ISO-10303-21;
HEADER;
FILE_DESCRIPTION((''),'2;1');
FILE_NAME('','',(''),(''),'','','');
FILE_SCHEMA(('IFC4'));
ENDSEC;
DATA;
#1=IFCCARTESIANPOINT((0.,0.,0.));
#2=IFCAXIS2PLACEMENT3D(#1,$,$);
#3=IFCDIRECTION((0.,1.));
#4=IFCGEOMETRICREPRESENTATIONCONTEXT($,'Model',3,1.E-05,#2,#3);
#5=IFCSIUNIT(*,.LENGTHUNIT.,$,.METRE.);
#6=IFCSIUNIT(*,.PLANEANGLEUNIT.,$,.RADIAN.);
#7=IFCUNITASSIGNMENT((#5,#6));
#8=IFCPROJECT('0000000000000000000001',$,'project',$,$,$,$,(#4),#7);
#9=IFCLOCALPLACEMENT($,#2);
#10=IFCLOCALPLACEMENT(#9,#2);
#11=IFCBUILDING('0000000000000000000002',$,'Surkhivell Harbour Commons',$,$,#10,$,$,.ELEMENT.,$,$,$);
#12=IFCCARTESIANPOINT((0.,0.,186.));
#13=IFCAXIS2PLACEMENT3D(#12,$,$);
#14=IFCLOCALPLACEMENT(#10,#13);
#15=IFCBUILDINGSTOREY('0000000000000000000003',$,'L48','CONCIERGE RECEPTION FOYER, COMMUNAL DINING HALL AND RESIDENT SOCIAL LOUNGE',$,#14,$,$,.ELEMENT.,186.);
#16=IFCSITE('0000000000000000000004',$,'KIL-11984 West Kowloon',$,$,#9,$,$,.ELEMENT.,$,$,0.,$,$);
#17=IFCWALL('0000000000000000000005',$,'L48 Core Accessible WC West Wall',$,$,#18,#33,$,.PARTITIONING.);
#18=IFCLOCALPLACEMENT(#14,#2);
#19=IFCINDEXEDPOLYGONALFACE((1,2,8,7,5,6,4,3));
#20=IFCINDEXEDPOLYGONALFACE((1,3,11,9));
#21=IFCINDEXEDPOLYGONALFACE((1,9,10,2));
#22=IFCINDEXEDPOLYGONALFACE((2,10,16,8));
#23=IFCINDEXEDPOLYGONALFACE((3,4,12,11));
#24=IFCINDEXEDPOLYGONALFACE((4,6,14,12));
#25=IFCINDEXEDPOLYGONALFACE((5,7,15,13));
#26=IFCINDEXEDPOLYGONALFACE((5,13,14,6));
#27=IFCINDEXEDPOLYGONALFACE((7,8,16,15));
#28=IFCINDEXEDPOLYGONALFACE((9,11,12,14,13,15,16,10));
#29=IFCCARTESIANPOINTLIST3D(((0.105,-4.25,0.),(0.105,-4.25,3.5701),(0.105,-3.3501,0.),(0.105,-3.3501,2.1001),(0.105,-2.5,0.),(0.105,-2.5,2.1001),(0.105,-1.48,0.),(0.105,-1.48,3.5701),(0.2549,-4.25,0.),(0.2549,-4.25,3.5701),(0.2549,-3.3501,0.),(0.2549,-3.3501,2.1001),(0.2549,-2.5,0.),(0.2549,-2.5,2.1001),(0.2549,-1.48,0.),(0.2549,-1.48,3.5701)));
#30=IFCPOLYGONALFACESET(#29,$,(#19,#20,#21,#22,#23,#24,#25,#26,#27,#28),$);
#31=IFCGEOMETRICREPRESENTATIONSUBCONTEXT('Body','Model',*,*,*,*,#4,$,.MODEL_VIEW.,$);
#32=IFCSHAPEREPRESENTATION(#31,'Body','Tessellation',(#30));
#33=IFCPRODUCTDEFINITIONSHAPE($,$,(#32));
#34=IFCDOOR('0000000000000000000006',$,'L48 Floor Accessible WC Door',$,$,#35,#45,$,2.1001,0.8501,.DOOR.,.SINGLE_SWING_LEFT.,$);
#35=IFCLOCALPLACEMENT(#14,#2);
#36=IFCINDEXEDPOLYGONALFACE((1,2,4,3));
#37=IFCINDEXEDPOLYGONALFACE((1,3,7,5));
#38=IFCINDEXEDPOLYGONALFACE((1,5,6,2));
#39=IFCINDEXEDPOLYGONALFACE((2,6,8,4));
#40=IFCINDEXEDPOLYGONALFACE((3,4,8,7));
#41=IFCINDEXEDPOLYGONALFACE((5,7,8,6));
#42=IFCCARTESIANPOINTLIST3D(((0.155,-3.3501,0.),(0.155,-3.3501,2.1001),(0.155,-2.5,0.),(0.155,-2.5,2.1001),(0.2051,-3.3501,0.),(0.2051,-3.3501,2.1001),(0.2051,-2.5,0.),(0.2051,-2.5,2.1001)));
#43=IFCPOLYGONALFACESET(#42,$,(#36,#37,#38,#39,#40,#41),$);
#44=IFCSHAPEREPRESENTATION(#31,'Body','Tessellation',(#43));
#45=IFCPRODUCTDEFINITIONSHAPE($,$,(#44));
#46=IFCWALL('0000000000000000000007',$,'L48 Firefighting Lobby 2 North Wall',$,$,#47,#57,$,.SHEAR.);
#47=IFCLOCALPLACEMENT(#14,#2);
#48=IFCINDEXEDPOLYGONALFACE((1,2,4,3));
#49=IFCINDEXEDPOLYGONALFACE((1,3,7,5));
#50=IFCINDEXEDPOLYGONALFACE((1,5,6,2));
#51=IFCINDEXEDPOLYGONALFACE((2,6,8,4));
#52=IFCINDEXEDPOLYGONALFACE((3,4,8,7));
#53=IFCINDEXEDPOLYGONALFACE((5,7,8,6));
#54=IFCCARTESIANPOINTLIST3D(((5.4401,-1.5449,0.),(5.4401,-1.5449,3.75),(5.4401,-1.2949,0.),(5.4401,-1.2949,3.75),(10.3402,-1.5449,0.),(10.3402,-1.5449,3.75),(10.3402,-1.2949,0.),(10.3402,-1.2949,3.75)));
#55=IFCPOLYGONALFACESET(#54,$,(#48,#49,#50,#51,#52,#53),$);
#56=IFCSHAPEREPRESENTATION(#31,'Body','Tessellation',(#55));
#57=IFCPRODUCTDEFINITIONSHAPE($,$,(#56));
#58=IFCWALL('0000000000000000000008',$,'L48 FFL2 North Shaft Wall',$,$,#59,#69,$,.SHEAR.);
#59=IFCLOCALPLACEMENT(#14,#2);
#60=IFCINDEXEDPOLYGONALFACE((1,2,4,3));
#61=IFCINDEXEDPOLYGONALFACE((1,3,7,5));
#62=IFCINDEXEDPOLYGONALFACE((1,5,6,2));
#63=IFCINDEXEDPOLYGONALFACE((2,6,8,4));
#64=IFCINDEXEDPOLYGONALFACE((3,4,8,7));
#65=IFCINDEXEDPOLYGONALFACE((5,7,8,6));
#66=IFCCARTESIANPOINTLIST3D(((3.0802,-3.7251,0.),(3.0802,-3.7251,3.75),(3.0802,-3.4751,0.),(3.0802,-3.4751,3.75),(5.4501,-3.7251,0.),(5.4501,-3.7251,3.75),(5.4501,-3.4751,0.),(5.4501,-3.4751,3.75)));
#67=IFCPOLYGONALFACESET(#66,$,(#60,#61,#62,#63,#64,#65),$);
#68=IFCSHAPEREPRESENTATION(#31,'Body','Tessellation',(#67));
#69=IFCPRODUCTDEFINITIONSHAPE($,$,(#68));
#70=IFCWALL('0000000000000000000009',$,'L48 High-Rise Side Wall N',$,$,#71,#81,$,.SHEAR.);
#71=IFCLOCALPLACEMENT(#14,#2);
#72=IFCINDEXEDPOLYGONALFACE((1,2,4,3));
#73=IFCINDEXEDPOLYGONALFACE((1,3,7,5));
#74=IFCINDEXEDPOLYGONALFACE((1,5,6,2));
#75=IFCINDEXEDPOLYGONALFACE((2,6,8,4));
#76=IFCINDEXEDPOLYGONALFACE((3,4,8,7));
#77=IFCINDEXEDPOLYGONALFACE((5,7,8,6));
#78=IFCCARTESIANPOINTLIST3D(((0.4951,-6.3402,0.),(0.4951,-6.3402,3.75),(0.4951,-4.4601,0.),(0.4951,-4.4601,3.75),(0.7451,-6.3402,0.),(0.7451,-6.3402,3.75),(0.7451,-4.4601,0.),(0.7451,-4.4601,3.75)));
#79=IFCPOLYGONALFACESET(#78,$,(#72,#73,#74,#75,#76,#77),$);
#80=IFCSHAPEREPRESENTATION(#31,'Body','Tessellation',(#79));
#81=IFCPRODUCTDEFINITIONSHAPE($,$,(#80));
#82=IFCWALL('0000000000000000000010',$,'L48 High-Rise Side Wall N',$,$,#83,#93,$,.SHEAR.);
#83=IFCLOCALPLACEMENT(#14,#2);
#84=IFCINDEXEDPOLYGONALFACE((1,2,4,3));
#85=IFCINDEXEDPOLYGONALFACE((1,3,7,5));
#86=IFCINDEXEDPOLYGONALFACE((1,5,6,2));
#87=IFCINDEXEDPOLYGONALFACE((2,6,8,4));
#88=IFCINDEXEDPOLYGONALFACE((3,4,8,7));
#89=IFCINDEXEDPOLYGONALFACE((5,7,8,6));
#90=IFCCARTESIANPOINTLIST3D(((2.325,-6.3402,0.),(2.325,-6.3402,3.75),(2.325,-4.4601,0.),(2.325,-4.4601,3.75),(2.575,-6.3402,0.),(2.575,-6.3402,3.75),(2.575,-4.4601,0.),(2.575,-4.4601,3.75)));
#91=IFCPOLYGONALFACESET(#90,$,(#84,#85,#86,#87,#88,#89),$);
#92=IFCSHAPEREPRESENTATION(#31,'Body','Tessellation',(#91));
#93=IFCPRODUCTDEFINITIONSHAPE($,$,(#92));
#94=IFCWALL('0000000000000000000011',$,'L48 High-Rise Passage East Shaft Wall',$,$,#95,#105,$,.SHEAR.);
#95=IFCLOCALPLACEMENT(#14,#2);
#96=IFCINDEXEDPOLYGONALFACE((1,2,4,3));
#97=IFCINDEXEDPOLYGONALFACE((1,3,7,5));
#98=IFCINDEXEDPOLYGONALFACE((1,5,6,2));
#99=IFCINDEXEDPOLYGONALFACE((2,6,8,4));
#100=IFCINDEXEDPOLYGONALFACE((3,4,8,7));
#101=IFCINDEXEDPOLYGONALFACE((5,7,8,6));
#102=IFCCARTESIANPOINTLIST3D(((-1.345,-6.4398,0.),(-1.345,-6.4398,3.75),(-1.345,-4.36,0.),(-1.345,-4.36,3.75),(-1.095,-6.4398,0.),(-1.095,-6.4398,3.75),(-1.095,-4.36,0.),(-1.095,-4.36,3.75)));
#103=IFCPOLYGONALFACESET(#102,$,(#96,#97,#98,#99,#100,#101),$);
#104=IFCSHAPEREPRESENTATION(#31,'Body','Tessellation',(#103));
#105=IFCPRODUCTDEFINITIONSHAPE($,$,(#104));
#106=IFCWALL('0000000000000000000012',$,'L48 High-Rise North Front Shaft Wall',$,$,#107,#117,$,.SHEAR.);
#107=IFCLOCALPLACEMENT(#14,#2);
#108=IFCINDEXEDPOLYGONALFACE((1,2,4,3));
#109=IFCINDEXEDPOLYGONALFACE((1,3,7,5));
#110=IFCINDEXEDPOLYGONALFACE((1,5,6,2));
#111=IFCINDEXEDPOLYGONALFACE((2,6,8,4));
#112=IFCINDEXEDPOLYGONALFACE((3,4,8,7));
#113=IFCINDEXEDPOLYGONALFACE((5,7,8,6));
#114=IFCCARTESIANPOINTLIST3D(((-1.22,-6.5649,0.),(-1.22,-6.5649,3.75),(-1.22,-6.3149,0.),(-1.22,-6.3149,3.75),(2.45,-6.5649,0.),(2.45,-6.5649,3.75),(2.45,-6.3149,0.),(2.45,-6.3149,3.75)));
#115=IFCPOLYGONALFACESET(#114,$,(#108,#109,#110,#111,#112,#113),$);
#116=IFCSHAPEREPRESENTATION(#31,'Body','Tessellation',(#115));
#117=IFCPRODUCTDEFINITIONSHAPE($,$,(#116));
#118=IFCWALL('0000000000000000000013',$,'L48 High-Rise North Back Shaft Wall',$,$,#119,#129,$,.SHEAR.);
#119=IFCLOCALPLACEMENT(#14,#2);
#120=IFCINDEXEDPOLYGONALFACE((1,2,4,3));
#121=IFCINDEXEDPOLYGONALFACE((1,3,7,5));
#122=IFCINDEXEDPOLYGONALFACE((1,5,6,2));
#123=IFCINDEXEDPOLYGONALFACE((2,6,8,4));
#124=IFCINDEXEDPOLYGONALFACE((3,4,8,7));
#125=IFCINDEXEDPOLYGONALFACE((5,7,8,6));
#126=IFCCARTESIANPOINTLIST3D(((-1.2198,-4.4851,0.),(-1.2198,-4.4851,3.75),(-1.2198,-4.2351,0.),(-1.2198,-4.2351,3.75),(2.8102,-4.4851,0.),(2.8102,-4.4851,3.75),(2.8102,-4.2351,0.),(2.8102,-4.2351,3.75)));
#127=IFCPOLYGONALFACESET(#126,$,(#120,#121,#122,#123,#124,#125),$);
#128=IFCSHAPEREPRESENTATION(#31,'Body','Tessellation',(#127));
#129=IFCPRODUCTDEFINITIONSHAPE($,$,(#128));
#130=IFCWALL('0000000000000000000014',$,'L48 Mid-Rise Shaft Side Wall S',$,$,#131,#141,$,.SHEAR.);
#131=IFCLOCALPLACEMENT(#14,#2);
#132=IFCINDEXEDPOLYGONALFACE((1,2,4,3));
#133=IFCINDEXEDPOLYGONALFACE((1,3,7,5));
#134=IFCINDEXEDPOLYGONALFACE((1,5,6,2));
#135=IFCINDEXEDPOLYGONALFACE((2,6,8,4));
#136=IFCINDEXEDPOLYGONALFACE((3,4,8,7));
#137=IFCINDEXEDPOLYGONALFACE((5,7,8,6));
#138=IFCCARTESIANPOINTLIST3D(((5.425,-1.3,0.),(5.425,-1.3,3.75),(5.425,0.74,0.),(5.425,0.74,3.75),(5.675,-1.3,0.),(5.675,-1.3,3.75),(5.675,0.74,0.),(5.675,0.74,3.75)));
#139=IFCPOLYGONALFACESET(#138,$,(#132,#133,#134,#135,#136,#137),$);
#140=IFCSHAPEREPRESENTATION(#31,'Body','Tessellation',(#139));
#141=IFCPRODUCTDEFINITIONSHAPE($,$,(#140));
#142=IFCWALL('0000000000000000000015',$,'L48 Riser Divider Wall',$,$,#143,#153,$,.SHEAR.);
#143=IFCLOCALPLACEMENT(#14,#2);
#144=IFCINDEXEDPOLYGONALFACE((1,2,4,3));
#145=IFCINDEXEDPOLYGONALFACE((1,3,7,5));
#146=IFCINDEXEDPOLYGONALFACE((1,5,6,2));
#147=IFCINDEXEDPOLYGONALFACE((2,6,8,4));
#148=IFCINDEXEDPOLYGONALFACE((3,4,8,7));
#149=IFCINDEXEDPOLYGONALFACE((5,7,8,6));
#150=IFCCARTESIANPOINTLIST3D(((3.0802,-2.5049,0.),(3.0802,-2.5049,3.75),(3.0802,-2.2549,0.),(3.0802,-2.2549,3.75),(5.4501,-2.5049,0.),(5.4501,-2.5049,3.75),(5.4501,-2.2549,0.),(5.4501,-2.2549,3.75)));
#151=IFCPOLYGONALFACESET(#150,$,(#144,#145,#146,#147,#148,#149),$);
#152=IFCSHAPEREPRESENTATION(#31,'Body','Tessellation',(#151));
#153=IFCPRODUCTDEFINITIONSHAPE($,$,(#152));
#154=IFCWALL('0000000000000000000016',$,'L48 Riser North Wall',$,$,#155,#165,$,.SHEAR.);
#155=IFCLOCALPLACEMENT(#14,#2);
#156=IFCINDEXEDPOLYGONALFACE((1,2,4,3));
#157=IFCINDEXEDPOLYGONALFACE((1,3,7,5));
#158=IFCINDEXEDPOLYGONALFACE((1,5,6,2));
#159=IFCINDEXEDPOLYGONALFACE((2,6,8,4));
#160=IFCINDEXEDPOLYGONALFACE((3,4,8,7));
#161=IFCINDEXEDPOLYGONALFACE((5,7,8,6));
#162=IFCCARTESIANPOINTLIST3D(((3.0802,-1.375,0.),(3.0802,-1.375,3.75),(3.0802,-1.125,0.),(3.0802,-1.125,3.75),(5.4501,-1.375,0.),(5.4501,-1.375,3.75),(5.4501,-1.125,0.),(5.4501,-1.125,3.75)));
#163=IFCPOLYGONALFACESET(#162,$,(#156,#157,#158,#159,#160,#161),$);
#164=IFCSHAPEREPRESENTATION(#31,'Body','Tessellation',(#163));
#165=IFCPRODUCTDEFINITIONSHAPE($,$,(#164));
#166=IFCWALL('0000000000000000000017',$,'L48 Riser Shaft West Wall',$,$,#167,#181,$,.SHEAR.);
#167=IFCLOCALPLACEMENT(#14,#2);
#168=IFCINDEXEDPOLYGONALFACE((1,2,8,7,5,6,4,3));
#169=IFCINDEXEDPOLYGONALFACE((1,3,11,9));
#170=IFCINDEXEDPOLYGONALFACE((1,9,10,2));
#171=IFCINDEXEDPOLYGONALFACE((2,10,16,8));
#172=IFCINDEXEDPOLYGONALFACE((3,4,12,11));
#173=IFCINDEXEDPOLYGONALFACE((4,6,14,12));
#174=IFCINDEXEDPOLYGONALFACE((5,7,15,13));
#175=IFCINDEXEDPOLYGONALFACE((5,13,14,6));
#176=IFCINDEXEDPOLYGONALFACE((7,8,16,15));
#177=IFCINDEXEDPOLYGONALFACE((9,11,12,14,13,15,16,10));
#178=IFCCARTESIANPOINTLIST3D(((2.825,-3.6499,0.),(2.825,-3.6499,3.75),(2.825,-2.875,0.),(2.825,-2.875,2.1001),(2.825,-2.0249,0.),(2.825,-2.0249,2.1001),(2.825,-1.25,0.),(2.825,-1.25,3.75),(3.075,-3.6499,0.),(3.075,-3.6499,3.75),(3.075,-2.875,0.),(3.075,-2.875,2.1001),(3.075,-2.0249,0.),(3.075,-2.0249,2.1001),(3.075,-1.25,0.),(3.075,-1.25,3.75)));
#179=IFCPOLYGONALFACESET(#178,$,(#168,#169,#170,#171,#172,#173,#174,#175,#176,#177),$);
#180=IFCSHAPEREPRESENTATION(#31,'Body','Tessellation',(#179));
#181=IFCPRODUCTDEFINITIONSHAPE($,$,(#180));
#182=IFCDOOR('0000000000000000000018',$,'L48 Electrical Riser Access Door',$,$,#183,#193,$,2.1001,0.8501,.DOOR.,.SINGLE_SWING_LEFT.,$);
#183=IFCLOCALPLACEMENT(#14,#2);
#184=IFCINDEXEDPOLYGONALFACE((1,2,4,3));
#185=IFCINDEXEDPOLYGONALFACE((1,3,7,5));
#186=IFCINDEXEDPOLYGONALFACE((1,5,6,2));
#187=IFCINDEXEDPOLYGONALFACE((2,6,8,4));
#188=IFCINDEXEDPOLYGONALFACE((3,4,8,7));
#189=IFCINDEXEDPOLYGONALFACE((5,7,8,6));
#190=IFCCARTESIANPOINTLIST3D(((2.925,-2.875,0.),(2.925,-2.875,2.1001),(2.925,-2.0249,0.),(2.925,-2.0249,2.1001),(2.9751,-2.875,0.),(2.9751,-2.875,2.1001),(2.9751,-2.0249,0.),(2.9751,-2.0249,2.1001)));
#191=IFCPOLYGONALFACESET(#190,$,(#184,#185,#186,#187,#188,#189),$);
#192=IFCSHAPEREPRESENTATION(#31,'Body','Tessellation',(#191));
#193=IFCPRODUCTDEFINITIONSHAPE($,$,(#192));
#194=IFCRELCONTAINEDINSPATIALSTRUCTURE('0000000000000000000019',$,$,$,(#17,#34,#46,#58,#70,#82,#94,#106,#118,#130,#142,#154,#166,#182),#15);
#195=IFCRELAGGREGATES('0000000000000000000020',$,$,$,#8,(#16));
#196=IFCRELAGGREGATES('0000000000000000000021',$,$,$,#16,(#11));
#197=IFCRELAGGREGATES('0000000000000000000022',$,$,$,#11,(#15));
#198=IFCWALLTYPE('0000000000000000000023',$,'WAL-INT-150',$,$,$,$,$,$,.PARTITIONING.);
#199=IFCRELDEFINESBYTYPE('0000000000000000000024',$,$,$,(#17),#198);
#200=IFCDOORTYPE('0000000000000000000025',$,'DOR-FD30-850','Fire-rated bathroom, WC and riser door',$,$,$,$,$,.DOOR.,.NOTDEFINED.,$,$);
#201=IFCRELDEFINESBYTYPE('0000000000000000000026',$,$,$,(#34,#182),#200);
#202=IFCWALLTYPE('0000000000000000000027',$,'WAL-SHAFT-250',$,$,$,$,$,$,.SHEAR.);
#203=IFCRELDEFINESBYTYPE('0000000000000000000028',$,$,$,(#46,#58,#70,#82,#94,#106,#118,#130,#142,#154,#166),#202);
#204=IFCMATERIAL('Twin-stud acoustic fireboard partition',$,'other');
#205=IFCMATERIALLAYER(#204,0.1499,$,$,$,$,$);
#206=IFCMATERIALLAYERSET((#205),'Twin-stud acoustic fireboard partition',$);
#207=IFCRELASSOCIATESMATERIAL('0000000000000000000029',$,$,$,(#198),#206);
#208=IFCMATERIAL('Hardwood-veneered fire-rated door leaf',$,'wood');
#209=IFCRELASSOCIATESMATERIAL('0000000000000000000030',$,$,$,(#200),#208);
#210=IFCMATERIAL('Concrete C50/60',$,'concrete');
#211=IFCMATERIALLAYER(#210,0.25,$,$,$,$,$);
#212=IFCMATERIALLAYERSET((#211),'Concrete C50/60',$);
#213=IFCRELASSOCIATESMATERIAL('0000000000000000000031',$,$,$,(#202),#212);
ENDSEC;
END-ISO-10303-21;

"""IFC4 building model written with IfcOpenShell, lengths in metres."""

from ifc_helpers import new_model, si_unit, direction, frame, frame_2d, origin, place, context, subcontext, project, spatial, rectangle, extrude, material, layer, layer_set, type_object, element, fill, save


model = new_model("IFC4")

# Units and contexts
model_context = context("Model", 3, precision=1e-05, world=origin(), true_north=direction((0.0, 1.0)))
body_context = subcontext(model_context, "Body", "Model", "MODEL_VIEW")
ifc_project = project(units=[si_unit("LENGTHUNIT", "METRE"), si_unit("PLANEANGLEUNIT", "RADIAN")], contexts=[model_context])

# Site, building, storey
site_placement = place(None, origin())
site = spatial("IfcSite", under=ifc_project, at=site_placement, Name="KIL-11984 West Kowloon", CompositionType="ELEMENT", RefElevation=0.0)
building_placement = place(site_placement, origin())
building = spatial("IfcBuilding", under=site, at=building_placement, Name="Surkhivell Harbour Commons", CompositionType="ELEMENT")
storey_placement = place(building_placement, frame((0.0, 0.0, 186.0)))
storey = spatial("IfcBuildingStorey", under=building, at=storey_placement, Name="L48", Description="CONCIERGE RECEPTION FOYER, COMMUNAL DINING HALL AND RESIDENT SOCIAL LOUNGE", CompositionType="ELEMENT", Elevation=186.0)

# Shared definitions
ifc_material_1 = material(Name="Twin-stud acoustic fireboard partition", Category="other")
ifc_layer_1 = layer(ifc_material_1, 0.1499)
ifc_layer_set_1 = layer_set([ifc_layer_1], Name="Twin-stud acoustic fireboard partition")
wall_type_1 = type_object("IfcWallType", Name="WAL-INT-150", PredefinedType="PARTITIONING", material=ifc_layer_set_1)

# Wall, opening, door
wall_1_placement = place(storey_placement, frame((0.1799, -4.25, 0.0), z_axis=(0.0, 0.0, 1.0), x_axis=(0.0, 1.0, 0.0)))
wall_1 = element("IfcWall", 1, at=wall_1_placement, inside=storey, type_object=wall_type_1, Name="L48 Core Accessible WC West Wall", PredefinedType="PARTITIONING", context=body_context, shape_type="SweptSolid", body=[
    extrude(rectangle(XDim=2.77, YDim=0.1499, at=frame_2d((1.385, 0.0))), origin(), (0.0, 0.0, 1.0), 3.5701),
])
opening_1_placement = place(wall_1_placement, frame((0.8999, 0.0, 0.0)))
opening_1 = element("IfcOpeningElement", 2, at=opening_1_placement, cuts=wall_1, PredefinedType="OPENING", context=body_context, shape_type="SweptSolid", body=[
    extrude(rectangle(XDim=0.8501, YDim=2.1001, at=frame_2d((0.425, 1.05))), frame((0.0, 0.085, 0.0), z_axis=(0.0, -1.0, 0.0), x_axis=(1.0, 0.0, 0.0)), (0.0, 0.0, 1.0), 0.1699),
])
ifc_material_2 = material(Name="Hardwood-veneered fire-rated door leaf", Category="wood")
door_type = type_object("IfcDoorType", Name="DOR-FD30-850", Description="Fire-rated bathroom, WC and riser door", OperationType="NOTDEFINED", PredefinedType="DOOR", material=ifc_material_2)
door_1_placement = place(opening_1_placement, origin())
door_1 = element("IfcDoor", 3, at=door_1_placement, inside=storey, type_object=door_type, Name="L48 Floor Accessible WC Door", OperationType="SINGLE_SWING_LEFT", OverallHeight=2.1001, OverallWidth=0.8501, PredefinedType="DOOR", context=body_context, shape_type="SweptSolid", body=[
    extrude(rectangle(XDim=0.8501, YDim=2.1001, at=frame_2d((0.425, 1.05))), frame((0.0, 0.0249, 0.0), z_axis=(0.0, -1.0, 0.0), x_axis=(1.0, 0.0, 0.0)), (0.0, 0.0, 1.0), 0.05),
])
fill(opening_1, door_1)

# Walls
ifc_material_3 = material(Name="Concrete C50/60", Category="concrete")
ifc_layer_2 = layer(ifc_material_3, 0.25)
ifc_layer_set_2 = layer_set([ifc_layer_2], Name="Concrete C50/60")
wall_type_2 = type_object("IfcWallType", Name="WAL-SHAFT-250", PredefinedType="SHEAR", material=ifc_layer_set_2)
wall_2_placement = place(storey_placement, frame((5.4399, -1.4199, 0.0), z_axis=(0.0, 0.0, 1.0), x_axis=(1.0, 0.0, 0.0)))
element("IfcWall", 4, at=wall_2_placement, inside=storey, type_object=wall_type_2, Name="L48 Firefighting Lobby 2 North Wall", PredefinedType="SHEAR", context=body_context, shape_type="SweptSolid", body=[
    extrude(rectangle(XDim=4.9001, YDim=0.25, at=frame_2d((2.4502, 0.0))), origin(), (0.0, 0.0, 1.0), 3.75),
])
wall_3_placement = place(storey_placement, frame((3.0801, -3.6001, 0.0), z_axis=(0.0, 0.0, 1.0), x_axis=(1.0, 0.0, 0.0)))
element("IfcWall", 5, at=wall_3_placement, inside=storey, type_object=wall_type_2, Name="L48 FFL2 North Shaft Wall", PredefinedType="SHEAR", context=body_context, shape_type="SweptSolid", body=[
    extrude(rectangle(XDim=2.3699, YDim=0.25, at=frame_2d((1.1851, 0.0))), origin(), (0.0, 0.0, 1.0), 3.75),
])
for number, where, z_axis, x_axis, name in (
    (6, (0.6201, -6.3401, 0.0), (0.0, 0.0, 1.0), (0.0, 1.0, 0.0), "L48 High-Rise Side Wall N"),
    (7, (2.45, -6.3401, 0.0), (0.0, 0.0, 1.0), (0.0, 1.0, 0.0), "L48 High-Rise Side Wall N"),
):
    element("IfcWall", number, at=place(storey_placement, frame(where, z_axis=z_axis, x_axis=x_axis)), inside=storey, type_object=wall_type_2, Name=name, PredefinedType="SHEAR", context=body_context, shape_type="SweptSolid", body=[
        extrude(rectangle(XDim=1.8801, YDim=0.25, at=frame_2d((0.9399, 0.0))), origin(), (0.0, 0.0, 1.0), 3.75),
    ])
wall_4_placement = place(storey_placement, frame((-1.22, -6.4399, 0.0), z_axis=(0.0, 0.0, 1.0), x_axis=(0.0, 1.0, 0.0)))
element("IfcWall", 8, at=wall_4_placement, inside=storey, type_object=wall_type_2, Name="L48 High-Rise Passage East Shaft Wall", PredefinedType="SHEAR", context=body_context, shape_type="SweptSolid", body=[
    extrude(rectangle(XDim=2.0798, YDim=0.25, at=frame_2d((1.04, 0.0))), origin(), (0.0, 0.0, 1.0), 3.75),
])
wall_5_placement = place(storey_placement, frame((-1.22, -6.4399, 0.0), z_axis=(0.0, 0.0, 1.0), x_axis=(1.0, 0.0, 0.0)))
element("IfcWall", 9, at=wall_5_placement, inside=storey, type_object=wall_type_2, Name="L48 High-Rise North Front Shaft Wall", PredefinedType="SHEAR", context=body_context, shape_type="SweptSolid", body=[
    extrude(rectangle(XDim=3.6699, YDim=0.25, at=frame_2d((1.835, 0.0))), origin(), (0.0, 0.0, 1.0), 3.75),
])
wall_6_placement = place(storey_placement, frame((-1.22, -4.3601, 0.0), z_axis=(0.0, 0.0, 1.0), x_axis=(1.0, 0.0, 0.0)))
element("IfcWall", 10, at=wall_6_placement, inside=storey, type_object=wall_type_2, Name="L48 High-Rise North Back Shaft Wall", PredefinedType="SHEAR", context=body_context, shape_type="SweptSolid", body=[
    extrude(rectangle(XDim=4.03, YDim=0.25, at=frame_2d((2.0151, 0.0))), origin(), (0.0, 0.0, 1.0), 3.75),
])
wall_7_placement = place(storey_placement, frame((5.55, -1.3, 0.0), z_axis=(0.0, 0.0, 1.0), x_axis=(0.0, 1.0, 0.0)))
element("IfcWall", 11, at=wall_7_placement, inside=storey, type_object=wall_type_2, Name="L48 Mid-Rise Shaft Side Wall S", PredefinedType="SHEAR", context=body_context, shape_type="SweptSolid", body=[
    extrude(rectangle(XDim=2.04, YDim=0.25, at=frame_2d((1.02, 0.0))), origin(), (0.0, 0.0, 1.0), 3.75),
])
for number, where, z_axis, x_axis, name in (
    (12, (3.0801, -2.3799, 0.0), (0.0, 0.0, 1.0), (1.0, 0.0, 0.0), "L48 Riser Divider Wall"),
    (13, (3.0801, -1.25, 0.0), (0.0, 0.0, 1.0), (1.0, 0.0, 0.0), "L48 Riser North Wall"),
):
    element("IfcWall", number, at=place(storey_placement, frame(where, z_axis=z_axis, x_axis=x_axis)), inside=storey, type_object=wall_type_2, Name=name, PredefinedType="SHEAR", context=body_context, shape_type="SweptSolid", body=[
        extrude(rectangle(XDim=2.3699, YDim=0.25, at=frame_2d((1.1851, 0.0))), origin(), (0.0, 0.0, 1.0), 3.75),
    ])

# Wall, opening, door
wall_8_placement = place(storey_placement, frame((2.95, -3.6499, 0.0), z_axis=(0.0, 0.0, 1.0), x_axis=(0.0, 1.0, 0.0)))
wall_8 = element("IfcWall", 14, at=wall_8_placement, inside=storey, type_object=wall_type_2, Name="L48 Riser Shaft West Wall", PredefinedType="SHEAR", context=body_context, shape_type="SweptSolid", body=[
    extrude(rectangle(XDim=2.3999, YDim=0.25, at=frame_2d((1.2, 0.0))), origin(), (0.0, 0.0, 1.0), 3.75),
])
opening_2_placement = place(wall_8_placement, frame((0.7749, 0.0, 0.0)))
opening_2 = element("IfcOpeningElement", 15, at=opening_2_placement, cuts=wall_8, PredefinedType="OPENING", context=body_context, shape_type="SweptSolid", body=[
    extrude(rectangle(XDim=0.8501, YDim=2.1001, at=frame_2d((0.425, 1.05))), frame((0.0, 0.135, 0.0), z_axis=(0.0, -1.0, 0.0), x_axis=(1.0, 0.0, 0.0)), (0.0, 0.0, 1.0), 0.27),
])
door_2_placement = place(opening_2_placement, origin())
door_2 = element("IfcDoor", 16, at=door_2_placement, inside=storey, type_object=door_type, Name="L48 Electrical Riser Access Door", OperationType="SINGLE_SWING_LEFT", OverallHeight=2.1001, OverallWidth=0.8501, PredefinedType="DOOR", context=body_context, shape_type="SweptSolid", body=[
    extrude(rectangle(XDim=0.8501, YDim=2.1001, at=frame_2d((0.425, 1.05))), frame((0.0, 0.0249, 0.0), z_axis=(0.0, -1.0, 0.0), x_axis=(1.0, 0.0, 0.0)), (0.0, 0.0, 1.0), 0.05),
])
fill(opening_2, door_2)

save(model, "model.ifc")
